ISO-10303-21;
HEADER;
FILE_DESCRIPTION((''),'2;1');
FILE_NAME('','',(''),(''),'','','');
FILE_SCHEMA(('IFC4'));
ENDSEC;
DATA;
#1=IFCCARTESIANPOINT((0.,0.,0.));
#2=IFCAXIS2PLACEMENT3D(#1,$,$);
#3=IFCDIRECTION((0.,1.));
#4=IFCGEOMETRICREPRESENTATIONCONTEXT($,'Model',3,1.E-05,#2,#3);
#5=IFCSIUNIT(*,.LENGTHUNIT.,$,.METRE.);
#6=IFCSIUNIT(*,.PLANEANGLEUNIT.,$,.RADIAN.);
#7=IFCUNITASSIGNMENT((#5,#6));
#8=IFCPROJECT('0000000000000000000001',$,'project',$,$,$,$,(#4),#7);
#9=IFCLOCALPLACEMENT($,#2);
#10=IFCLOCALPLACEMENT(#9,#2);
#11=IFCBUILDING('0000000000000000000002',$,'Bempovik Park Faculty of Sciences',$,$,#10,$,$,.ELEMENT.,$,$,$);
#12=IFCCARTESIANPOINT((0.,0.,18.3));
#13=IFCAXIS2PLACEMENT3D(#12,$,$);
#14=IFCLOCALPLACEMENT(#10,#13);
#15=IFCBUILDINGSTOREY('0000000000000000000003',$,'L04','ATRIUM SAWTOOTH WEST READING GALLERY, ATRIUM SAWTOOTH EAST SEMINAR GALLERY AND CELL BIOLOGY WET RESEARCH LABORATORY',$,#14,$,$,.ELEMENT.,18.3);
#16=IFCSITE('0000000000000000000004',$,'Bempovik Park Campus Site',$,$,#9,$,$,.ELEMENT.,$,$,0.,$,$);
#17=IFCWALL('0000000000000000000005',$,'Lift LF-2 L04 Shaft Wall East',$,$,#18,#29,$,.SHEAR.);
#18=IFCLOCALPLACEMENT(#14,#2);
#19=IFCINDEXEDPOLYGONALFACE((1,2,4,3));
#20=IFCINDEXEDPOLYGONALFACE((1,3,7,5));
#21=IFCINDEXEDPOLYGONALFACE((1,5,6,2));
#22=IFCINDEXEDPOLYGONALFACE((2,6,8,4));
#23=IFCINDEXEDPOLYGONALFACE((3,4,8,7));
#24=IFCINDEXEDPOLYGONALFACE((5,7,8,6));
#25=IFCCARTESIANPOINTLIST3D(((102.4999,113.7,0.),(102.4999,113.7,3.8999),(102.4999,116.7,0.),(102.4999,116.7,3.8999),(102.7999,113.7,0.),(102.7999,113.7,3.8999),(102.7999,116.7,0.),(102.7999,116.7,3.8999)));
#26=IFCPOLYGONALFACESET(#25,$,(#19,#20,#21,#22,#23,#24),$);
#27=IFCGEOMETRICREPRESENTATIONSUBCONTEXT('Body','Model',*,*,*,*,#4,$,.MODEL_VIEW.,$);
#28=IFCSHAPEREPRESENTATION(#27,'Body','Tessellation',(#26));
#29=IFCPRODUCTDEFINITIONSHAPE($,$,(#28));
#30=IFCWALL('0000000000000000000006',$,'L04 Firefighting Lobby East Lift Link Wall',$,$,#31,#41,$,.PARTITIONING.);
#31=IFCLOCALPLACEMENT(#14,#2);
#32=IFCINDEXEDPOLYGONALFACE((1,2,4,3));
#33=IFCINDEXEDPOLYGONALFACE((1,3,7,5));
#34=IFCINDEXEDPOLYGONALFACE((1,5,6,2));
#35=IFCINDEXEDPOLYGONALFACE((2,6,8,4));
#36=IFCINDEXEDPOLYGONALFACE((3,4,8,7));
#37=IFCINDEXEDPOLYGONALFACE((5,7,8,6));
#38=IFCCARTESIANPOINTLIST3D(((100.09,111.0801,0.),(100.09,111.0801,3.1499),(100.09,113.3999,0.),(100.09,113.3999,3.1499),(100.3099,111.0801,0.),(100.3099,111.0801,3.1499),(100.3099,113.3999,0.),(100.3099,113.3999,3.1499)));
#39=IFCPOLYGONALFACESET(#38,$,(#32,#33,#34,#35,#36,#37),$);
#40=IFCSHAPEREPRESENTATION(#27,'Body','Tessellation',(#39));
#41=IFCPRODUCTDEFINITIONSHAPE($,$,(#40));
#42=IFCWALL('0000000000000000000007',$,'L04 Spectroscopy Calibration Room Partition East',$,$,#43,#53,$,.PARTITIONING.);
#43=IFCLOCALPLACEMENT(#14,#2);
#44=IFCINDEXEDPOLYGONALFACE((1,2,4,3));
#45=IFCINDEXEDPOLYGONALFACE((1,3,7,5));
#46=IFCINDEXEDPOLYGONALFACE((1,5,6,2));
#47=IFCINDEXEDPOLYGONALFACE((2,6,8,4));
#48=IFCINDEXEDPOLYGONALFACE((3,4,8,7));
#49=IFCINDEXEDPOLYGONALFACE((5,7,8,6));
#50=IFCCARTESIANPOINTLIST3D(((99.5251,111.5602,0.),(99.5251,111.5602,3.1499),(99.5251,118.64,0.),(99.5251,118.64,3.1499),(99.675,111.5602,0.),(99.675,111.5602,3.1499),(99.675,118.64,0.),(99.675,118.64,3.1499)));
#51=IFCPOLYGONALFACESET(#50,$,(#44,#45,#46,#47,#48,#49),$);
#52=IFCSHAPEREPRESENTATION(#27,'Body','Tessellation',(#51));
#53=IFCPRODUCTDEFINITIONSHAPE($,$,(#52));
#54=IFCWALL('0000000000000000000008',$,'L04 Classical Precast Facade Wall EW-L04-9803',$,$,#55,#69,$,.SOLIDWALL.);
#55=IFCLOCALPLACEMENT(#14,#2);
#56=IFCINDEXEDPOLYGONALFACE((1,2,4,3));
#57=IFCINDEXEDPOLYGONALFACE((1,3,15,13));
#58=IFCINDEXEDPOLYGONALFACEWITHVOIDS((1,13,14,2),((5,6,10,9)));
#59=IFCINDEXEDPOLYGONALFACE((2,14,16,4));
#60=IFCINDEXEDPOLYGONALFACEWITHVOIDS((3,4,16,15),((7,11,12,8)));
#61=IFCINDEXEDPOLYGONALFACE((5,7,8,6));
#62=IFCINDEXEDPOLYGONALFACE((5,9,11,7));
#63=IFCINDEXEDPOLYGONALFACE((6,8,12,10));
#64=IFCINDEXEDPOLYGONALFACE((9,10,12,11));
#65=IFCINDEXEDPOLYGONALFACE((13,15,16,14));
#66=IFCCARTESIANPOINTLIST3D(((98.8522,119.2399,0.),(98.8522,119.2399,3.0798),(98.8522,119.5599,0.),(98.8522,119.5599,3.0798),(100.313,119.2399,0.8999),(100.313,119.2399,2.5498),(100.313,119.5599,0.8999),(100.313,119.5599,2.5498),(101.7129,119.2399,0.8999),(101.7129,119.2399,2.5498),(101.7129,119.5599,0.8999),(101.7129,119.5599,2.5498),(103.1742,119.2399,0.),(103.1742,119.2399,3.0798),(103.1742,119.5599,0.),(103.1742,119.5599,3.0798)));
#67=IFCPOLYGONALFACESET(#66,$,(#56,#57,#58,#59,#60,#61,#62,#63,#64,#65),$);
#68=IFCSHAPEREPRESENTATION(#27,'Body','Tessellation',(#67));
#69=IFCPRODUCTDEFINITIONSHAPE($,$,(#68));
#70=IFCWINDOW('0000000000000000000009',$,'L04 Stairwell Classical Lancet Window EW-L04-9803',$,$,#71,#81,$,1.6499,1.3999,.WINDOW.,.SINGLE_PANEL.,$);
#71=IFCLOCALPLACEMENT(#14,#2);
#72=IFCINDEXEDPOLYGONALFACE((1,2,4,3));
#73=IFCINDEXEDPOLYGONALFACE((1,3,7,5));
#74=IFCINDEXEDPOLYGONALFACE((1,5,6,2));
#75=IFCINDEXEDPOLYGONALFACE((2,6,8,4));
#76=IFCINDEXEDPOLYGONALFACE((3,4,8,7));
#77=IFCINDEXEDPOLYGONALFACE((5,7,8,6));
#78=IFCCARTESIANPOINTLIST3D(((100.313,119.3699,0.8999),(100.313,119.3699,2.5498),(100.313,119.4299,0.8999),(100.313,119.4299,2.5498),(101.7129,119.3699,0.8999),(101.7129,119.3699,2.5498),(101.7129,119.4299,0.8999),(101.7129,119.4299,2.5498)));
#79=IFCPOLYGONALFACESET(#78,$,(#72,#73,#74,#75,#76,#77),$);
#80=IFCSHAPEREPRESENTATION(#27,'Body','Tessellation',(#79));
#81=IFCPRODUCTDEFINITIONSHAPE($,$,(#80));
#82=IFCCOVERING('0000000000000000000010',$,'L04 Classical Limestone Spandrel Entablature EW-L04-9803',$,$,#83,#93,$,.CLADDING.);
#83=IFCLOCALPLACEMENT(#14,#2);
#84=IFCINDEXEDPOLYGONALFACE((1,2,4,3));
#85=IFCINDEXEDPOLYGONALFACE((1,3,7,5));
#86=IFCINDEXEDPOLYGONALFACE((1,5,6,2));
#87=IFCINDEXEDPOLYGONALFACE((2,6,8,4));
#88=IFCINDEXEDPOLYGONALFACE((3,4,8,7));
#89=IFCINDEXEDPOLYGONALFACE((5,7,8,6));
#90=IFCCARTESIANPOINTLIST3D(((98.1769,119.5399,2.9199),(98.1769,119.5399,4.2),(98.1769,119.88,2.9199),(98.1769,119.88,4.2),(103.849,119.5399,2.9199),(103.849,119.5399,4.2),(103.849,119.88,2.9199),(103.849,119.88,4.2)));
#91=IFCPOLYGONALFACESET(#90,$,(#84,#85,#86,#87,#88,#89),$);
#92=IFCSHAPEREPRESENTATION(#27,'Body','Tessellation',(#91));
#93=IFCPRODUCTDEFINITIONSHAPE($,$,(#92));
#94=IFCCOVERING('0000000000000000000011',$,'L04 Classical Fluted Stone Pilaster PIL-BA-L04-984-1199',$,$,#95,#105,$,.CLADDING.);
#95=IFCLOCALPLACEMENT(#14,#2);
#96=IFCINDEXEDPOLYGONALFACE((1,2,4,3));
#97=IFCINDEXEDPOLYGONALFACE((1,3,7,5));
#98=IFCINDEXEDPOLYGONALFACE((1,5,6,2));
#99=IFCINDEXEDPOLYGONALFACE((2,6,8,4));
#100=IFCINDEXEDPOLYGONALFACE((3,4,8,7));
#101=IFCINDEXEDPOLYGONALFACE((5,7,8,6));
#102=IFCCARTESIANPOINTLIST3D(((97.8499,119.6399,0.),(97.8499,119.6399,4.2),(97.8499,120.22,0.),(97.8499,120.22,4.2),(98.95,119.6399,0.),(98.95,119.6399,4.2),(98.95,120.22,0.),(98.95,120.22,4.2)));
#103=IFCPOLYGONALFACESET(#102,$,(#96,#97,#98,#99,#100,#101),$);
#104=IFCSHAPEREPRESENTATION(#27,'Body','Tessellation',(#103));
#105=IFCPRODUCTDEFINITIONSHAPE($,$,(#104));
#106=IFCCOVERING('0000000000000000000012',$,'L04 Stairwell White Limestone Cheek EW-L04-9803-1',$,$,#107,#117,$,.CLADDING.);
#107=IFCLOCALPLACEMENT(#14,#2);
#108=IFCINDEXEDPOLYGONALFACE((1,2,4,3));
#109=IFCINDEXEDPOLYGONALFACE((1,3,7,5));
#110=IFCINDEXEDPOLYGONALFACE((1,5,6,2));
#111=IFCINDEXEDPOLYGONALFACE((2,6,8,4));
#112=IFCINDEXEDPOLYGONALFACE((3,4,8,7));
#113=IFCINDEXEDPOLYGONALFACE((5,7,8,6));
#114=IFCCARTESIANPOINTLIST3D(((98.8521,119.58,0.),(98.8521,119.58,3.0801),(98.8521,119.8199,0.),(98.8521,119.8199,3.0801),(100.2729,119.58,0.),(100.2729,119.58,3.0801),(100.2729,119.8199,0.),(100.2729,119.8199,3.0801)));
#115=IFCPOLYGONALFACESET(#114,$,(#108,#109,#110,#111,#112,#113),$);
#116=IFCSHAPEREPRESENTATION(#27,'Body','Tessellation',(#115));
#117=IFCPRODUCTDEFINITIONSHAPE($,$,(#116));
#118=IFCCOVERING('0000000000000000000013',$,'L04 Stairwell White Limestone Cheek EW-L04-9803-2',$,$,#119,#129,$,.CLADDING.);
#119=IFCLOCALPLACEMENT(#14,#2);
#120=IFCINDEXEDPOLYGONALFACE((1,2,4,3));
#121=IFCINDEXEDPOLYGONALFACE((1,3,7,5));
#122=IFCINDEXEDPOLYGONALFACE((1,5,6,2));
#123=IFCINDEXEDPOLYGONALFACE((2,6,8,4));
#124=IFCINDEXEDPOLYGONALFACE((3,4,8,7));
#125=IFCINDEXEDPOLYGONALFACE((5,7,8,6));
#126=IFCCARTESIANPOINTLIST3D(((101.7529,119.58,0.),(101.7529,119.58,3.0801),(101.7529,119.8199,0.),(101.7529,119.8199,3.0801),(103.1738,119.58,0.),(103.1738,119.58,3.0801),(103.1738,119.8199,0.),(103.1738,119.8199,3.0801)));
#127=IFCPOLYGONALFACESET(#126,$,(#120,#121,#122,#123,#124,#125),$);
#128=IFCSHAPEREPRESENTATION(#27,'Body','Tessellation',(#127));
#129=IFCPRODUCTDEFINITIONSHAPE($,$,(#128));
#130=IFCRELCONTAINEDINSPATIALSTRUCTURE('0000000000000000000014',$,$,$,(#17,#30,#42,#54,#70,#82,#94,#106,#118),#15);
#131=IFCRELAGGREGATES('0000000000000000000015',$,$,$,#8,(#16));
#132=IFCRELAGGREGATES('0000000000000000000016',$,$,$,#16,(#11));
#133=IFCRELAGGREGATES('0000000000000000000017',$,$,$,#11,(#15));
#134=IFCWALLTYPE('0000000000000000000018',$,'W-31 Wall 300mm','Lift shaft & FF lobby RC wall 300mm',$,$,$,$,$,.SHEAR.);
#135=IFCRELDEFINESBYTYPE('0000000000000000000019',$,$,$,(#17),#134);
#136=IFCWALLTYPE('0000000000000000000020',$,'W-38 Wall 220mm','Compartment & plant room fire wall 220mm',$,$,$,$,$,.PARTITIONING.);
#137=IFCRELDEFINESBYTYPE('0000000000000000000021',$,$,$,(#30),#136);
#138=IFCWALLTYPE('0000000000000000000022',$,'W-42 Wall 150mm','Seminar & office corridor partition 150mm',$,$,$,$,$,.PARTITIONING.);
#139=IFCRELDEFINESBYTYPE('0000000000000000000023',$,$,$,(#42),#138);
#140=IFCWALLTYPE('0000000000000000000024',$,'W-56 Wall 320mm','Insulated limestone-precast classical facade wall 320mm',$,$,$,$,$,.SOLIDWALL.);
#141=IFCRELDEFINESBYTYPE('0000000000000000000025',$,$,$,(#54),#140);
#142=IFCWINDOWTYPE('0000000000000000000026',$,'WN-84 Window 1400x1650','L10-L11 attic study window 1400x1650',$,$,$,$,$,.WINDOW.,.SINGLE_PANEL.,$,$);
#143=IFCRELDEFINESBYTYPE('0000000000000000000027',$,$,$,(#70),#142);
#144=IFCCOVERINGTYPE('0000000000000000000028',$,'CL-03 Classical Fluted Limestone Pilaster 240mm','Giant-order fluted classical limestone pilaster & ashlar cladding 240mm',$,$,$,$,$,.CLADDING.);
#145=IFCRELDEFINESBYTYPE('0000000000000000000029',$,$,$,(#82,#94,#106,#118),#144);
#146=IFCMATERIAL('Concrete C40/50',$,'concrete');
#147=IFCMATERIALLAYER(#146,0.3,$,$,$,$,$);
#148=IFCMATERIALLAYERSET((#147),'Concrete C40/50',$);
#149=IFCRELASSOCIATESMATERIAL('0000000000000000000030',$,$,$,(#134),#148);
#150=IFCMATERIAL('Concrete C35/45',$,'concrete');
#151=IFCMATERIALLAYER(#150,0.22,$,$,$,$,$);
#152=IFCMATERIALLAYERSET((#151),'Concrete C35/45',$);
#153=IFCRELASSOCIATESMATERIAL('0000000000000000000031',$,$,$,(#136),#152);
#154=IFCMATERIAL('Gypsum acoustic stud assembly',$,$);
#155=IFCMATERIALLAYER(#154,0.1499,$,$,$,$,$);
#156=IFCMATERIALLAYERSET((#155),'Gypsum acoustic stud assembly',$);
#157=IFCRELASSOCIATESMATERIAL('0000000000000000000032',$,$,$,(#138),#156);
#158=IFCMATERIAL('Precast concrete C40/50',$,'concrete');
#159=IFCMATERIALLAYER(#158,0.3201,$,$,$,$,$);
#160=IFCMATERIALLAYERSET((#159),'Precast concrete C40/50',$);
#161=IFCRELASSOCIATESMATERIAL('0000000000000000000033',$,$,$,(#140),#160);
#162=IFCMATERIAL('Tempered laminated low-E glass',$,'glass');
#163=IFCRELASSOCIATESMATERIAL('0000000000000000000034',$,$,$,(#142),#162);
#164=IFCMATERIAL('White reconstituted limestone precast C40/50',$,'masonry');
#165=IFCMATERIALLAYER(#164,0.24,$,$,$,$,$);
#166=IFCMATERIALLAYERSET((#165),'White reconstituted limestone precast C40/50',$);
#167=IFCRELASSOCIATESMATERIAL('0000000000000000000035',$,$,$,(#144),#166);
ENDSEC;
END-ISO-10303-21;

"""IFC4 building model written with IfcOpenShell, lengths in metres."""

from ifc_helpers import new_model, si_unit, direction, frame, frame_2d, origin, origin_2d, place, context, subcontext, project, spatial, rectangle, extrude, material, layer, layer_set, type_object, element, fill, save


model = new_model("IFC4")

# Units and contexts
model_context = context("Model", 3, precision=1e-05, world=origin(), true_north=direction((0.0, 1.0)))
body_context = subcontext(model_context, "Body", "Model", "MODEL_VIEW")
ifc_project = project(units=[si_unit("LENGTHUNIT", "METRE"), si_unit("PLANEANGLEUNIT", "RADIAN")], contexts=[model_context])

# Site, building, storey
site_placement = place(None, origin())
site = spatial("IfcSite", under=ifc_project, at=site_placement, Name="Bempovik Park Campus Site", CompositionType="ELEMENT", RefElevation=0.0)
building_placement = place(site_placement, origin())
building = spatial("IfcBuilding", under=site, at=building_placement, Name="Bempovik Park Faculty of Sciences", CompositionType="ELEMENT")
storey_placement = place(building_placement, frame((0.0, 0.0, 18.3)))
storey = spatial("IfcBuildingStorey", under=building, at=storey_placement, Name="L04", Description="ATRIUM SAWTOOTH WEST READING GALLERY, ATRIUM SAWTOOTH EAST SEMINAR GALLERY AND CELL BIOLOGY WET RESEARCH LABORATORY", CompositionType="ELEMENT", Elevation=18.3)

# Shared definitions
ifc_material_1 = material(Name="Concrete C40/50", Category="concrete")

# Shared definitions
ifc_material_2 = material(Name="Concrete C35/45", Category="concrete")

# Shared definitions
ifc_material_3 = material(Name="Tempered laminated low-E glass", Category="glass")

# Shared definitions
ifc_layer_1 = layer(ifc_material_1, 0.3)
ifc_layer_set_1 = layer_set([ifc_layer_1], Name="Concrete C40/50")
wall_type_1 = type_object("IfcWallType", Name="W-31 Wall 300mm", Description="Lift shaft & FF lobby RC wall 300mm", PredefinedType="SHEAR", material=ifc_layer_set_1)

# Walls
for number, where, z_axis, x_axis, name in (
    (1, (102.6499, 113.7, 0.0), (0.0, 0.0, 1.0), (0.0, 1.0, 0.0), "Lift LF-2 L04 Shaft Wall East"),
):
    element("IfcWall", number, at=place(storey_placement, frame(where, z_axis=z_axis, x_axis=x_axis)), inside=storey, type_object=wall_type_1, Name=name, PredefinedType="SHEAR", context=body_context, shape_type="SweptSolid", body=[
        extrude(rectangle(XDim=3.0, YDim=0.3, at=frame_2d((1.5, 0.0))), origin(), (0.0, 0.0, 1.0), 3.8999),
    ])
ifc_layer_2 = layer(ifc_material_2, 0.22)
ifc_layer_set_2 = layer_set([ifc_layer_2], Name="Concrete C35/45")
wall_type_2 = type_object("IfcWallType", Name="W-38 Wall 220mm", Description="Compartment & plant room fire wall 220mm", PredefinedType="PARTITIONING", material=ifc_layer_set_2)
wall_1_placement = place(storey_placement, frame((100.2, 111.0801, 0.0), z_axis=(0.0, 0.0, 1.0), x_axis=(0.0, 1.0, 0.0)))
element("IfcWall", 2, at=wall_1_placement, inside=storey, type_object=wall_type_2, Name="L04 Firefighting Lobby East Lift Link Wall", PredefinedType="PARTITIONING", context=body_context, shape_type="SweptSolid", body=[
    extrude(rectangle(XDim=2.3198, YDim=0.22, at=frame_2d((1.1599, 0.0))), origin(), (0.0, 0.0, 1.0), 3.1499),
])
ifc_material_4 = material(Name="Gypsum acoustic stud assembly")
ifc_layer_3 = layer(ifc_material_4, 0.1499)
ifc_layer_set_3 = layer_set([ifc_layer_3], Name="Gypsum acoustic stud assembly")
wall_type_3 = type_object("IfcWallType", Name="W-42 Wall 150mm", Description="Seminar & office corridor partition 150mm", PredefinedType="PARTITIONING", material=ifc_layer_set_3)
wall_2_placement = place(storey_placement, frame((99.6001, 111.5601, 0.0), z_axis=(0.0, 0.0, 1.0), x_axis=(0.0, 1.0, 0.0)))
element("IfcWall", 3, at=wall_2_placement, inside=storey, type_object=wall_type_3, Name="L04 Spectroscopy Calibration Room Partition East", PredefinedType="PARTITIONING", context=body_context, shape_type="SweptSolid", body=[
    extrude(rectangle(XDim=7.0798, YDim=0.1499, at=frame_2d((3.54, 0.0))), origin(), (0.0, 0.0, 1.0), 3.1499),
])

# Wall, opening, window
ifc_material_5 = material(Name="Precast concrete C40/50", Category="concrete")
ifc_layer_4 = layer(ifc_material_5, 0.3201)
ifc_layer_set_4 = layer_set([ifc_layer_4], Name="Precast concrete C40/50")
wall_type_4 = type_object("IfcWallType", Name="W-56 Wall 320mm", Description="Insulated limestone-precast classical facade wall 320mm", PredefinedType="SOLIDWALL", material=ifc_layer_set_4)
wall_3_placement = place(storey_placement, frame((98.8521, 119.3999, 0.0), z_axis=(0.0, 0.0, 1.0), x_axis=(1.0, 0.0, 0.0)))
wall_3 = element("IfcWall", 4, at=wall_3_placement, inside=storey, type_object=wall_type_4, Name="L04 Classical Precast Facade Wall EW-L04-9803", PredefinedType="SOLIDWALL", context=body_context, shape_type="SweptSolid", body=[
    extrude(rectangle(XDim=4.322, YDim=0.3201, at=frame_2d((2.1611, 0.0))), origin(), (0.0, 0.0, 1.0), 3.0798),
])
opening_1_placement = place(wall_3_placement, frame((1.4609, 0.0, 0.8999)))
opening_1 = element("IfcOpeningElement", 5, at=opening_1_placement, cuts=wall_3, PredefinedType="OPENING", context=body_context, shape_type="SweptSolid", body=[
    extrude(rectangle(XDim=1.3999, YDim=1.6499, at=frame_2d((0.7, 0.825))), frame((0.0, 0.1699, 0.0), z_axis=(0.0, -1.0, 0.0), x_axis=(1.0, 0.0, 0.0)), (0.0, 0.0, 1.0), 0.3401),
])
window_type = type_object("IfcWindowType", Name="WN-84 Window 1400x1650", Description="L10-L11 attic study window 1400x1650", PartitioningType="SINGLE_PANEL", PredefinedType="WINDOW", material=ifc_material_3)
window_placement = place(opening_1_placement, origin())
window = element("IfcWindow", 6, at=window_placement, inside=storey, type_object=window_type, Name="L04 Stairwell Classical Lancet Window EW-L04-9803", OverallHeight=1.6499, OverallWidth=1.3999, PartitioningType="SINGLE_PANEL", PredefinedType="WINDOW", context=body_context, shape_type="SweptSolid", body=[
    extrude(rectangle(XDim=1.3999, YDim=1.6499, at=frame_2d((0.7, 0.825))), frame((0.0, 0.03, 0.0), z_axis=(0.0, -1.0, 0.0), x_axis=(1.0, 0.0, 0.0)), (0.0, 0.0, 1.0), 0.0601),
])
fill(opening_1, window)

# Coverings
ifc_material_6 = material(Name="White reconstituted limestone precast C40/50", Category="masonry")
ifc_layer_5 = layer(ifc_material_6, 0.24)
ifc_layer_set_5 = layer_set([ifc_layer_5], Name="White reconstituted limestone precast C40/50")
covering_type = type_object("IfcCoveringType", Name="CL-03 Classical Fluted Limestone Pilaster 240mm", Description="Giant-order fluted classical limestone pilaster & ashlar cladding 240mm", PredefinedType="CLADDING", material=ifc_layer_set_5)
covering_1_placement = place(storey_placement, frame((101.0129, 119.71, 2.9199), z_axis=(0.0, 0.0, 1.0), x_axis=(1.0, 0.0, 0.0)))
element("IfcCovering", 7, at=covering_1_placement, inside=storey, type_object=covering_type, Name="L04 Classical Limestone Spandrel Entablature EW-L04-9803", PredefinedType="CLADDING", context=body_context, shape_type="SweptSolid", body=[
    extrude(rectangle(XDim=5.6721, YDim=0.3401, at=origin_2d()), origin(), (0.0, 0.0, 1.0), 1.28),
])
covering_2_placement = place(storey_placement, frame((98.3999, 119.9299, 0.0), z_axis=(0.0, 0.0, 1.0), x_axis=(1.0, 0.0, 0.0)))
element("IfcCovering", 8, at=covering_2_placement, inside=storey, type_object=covering_type, Name="L04 Classical Fluted Stone Pilaster PIL-BA-L04-984-1199", PredefinedType="CLADDING", context=body_context, shape_type="SweptSolid", body=[
    extrude(rectangle(XDim=1.1001, YDim=0.5801, at=origin_2d()), origin(), (0.0, 0.0, 1.0), 4.2),
])
for number, where, z_axis, x_axis, name in (
    (9, (99.5625, 119.7, 0.0), (0.0, 0.0, 1.0), (1.0, 0.0, 0.0), "L04 Stairwell White Limestone Cheek EW-L04-9803-1"),
    (10, (102.4634, 119.7, 0.0), (0.0, 0.0, 1.0), (1.0, 0.0, 0.0), "L04 Stairwell White Limestone Cheek EW-L04-9803-2"),
):
    element("IfcCovering", number, at=place(storey_placement, frame(where, z_axis=z_axis, x_axis=x_axis)), inside=storey, type_object=covering_type, Name=name, PredefinedType="CLADDING", context=body_context, shape_type="SweptSolid", body=[
        extrude(rectangle(XDim=1.4209, YDim=0.24, at=origin_2d()), origin(), (0.0, 0.0, 1.0), 3.0801),
    ])

save(model, "model.ifc")
